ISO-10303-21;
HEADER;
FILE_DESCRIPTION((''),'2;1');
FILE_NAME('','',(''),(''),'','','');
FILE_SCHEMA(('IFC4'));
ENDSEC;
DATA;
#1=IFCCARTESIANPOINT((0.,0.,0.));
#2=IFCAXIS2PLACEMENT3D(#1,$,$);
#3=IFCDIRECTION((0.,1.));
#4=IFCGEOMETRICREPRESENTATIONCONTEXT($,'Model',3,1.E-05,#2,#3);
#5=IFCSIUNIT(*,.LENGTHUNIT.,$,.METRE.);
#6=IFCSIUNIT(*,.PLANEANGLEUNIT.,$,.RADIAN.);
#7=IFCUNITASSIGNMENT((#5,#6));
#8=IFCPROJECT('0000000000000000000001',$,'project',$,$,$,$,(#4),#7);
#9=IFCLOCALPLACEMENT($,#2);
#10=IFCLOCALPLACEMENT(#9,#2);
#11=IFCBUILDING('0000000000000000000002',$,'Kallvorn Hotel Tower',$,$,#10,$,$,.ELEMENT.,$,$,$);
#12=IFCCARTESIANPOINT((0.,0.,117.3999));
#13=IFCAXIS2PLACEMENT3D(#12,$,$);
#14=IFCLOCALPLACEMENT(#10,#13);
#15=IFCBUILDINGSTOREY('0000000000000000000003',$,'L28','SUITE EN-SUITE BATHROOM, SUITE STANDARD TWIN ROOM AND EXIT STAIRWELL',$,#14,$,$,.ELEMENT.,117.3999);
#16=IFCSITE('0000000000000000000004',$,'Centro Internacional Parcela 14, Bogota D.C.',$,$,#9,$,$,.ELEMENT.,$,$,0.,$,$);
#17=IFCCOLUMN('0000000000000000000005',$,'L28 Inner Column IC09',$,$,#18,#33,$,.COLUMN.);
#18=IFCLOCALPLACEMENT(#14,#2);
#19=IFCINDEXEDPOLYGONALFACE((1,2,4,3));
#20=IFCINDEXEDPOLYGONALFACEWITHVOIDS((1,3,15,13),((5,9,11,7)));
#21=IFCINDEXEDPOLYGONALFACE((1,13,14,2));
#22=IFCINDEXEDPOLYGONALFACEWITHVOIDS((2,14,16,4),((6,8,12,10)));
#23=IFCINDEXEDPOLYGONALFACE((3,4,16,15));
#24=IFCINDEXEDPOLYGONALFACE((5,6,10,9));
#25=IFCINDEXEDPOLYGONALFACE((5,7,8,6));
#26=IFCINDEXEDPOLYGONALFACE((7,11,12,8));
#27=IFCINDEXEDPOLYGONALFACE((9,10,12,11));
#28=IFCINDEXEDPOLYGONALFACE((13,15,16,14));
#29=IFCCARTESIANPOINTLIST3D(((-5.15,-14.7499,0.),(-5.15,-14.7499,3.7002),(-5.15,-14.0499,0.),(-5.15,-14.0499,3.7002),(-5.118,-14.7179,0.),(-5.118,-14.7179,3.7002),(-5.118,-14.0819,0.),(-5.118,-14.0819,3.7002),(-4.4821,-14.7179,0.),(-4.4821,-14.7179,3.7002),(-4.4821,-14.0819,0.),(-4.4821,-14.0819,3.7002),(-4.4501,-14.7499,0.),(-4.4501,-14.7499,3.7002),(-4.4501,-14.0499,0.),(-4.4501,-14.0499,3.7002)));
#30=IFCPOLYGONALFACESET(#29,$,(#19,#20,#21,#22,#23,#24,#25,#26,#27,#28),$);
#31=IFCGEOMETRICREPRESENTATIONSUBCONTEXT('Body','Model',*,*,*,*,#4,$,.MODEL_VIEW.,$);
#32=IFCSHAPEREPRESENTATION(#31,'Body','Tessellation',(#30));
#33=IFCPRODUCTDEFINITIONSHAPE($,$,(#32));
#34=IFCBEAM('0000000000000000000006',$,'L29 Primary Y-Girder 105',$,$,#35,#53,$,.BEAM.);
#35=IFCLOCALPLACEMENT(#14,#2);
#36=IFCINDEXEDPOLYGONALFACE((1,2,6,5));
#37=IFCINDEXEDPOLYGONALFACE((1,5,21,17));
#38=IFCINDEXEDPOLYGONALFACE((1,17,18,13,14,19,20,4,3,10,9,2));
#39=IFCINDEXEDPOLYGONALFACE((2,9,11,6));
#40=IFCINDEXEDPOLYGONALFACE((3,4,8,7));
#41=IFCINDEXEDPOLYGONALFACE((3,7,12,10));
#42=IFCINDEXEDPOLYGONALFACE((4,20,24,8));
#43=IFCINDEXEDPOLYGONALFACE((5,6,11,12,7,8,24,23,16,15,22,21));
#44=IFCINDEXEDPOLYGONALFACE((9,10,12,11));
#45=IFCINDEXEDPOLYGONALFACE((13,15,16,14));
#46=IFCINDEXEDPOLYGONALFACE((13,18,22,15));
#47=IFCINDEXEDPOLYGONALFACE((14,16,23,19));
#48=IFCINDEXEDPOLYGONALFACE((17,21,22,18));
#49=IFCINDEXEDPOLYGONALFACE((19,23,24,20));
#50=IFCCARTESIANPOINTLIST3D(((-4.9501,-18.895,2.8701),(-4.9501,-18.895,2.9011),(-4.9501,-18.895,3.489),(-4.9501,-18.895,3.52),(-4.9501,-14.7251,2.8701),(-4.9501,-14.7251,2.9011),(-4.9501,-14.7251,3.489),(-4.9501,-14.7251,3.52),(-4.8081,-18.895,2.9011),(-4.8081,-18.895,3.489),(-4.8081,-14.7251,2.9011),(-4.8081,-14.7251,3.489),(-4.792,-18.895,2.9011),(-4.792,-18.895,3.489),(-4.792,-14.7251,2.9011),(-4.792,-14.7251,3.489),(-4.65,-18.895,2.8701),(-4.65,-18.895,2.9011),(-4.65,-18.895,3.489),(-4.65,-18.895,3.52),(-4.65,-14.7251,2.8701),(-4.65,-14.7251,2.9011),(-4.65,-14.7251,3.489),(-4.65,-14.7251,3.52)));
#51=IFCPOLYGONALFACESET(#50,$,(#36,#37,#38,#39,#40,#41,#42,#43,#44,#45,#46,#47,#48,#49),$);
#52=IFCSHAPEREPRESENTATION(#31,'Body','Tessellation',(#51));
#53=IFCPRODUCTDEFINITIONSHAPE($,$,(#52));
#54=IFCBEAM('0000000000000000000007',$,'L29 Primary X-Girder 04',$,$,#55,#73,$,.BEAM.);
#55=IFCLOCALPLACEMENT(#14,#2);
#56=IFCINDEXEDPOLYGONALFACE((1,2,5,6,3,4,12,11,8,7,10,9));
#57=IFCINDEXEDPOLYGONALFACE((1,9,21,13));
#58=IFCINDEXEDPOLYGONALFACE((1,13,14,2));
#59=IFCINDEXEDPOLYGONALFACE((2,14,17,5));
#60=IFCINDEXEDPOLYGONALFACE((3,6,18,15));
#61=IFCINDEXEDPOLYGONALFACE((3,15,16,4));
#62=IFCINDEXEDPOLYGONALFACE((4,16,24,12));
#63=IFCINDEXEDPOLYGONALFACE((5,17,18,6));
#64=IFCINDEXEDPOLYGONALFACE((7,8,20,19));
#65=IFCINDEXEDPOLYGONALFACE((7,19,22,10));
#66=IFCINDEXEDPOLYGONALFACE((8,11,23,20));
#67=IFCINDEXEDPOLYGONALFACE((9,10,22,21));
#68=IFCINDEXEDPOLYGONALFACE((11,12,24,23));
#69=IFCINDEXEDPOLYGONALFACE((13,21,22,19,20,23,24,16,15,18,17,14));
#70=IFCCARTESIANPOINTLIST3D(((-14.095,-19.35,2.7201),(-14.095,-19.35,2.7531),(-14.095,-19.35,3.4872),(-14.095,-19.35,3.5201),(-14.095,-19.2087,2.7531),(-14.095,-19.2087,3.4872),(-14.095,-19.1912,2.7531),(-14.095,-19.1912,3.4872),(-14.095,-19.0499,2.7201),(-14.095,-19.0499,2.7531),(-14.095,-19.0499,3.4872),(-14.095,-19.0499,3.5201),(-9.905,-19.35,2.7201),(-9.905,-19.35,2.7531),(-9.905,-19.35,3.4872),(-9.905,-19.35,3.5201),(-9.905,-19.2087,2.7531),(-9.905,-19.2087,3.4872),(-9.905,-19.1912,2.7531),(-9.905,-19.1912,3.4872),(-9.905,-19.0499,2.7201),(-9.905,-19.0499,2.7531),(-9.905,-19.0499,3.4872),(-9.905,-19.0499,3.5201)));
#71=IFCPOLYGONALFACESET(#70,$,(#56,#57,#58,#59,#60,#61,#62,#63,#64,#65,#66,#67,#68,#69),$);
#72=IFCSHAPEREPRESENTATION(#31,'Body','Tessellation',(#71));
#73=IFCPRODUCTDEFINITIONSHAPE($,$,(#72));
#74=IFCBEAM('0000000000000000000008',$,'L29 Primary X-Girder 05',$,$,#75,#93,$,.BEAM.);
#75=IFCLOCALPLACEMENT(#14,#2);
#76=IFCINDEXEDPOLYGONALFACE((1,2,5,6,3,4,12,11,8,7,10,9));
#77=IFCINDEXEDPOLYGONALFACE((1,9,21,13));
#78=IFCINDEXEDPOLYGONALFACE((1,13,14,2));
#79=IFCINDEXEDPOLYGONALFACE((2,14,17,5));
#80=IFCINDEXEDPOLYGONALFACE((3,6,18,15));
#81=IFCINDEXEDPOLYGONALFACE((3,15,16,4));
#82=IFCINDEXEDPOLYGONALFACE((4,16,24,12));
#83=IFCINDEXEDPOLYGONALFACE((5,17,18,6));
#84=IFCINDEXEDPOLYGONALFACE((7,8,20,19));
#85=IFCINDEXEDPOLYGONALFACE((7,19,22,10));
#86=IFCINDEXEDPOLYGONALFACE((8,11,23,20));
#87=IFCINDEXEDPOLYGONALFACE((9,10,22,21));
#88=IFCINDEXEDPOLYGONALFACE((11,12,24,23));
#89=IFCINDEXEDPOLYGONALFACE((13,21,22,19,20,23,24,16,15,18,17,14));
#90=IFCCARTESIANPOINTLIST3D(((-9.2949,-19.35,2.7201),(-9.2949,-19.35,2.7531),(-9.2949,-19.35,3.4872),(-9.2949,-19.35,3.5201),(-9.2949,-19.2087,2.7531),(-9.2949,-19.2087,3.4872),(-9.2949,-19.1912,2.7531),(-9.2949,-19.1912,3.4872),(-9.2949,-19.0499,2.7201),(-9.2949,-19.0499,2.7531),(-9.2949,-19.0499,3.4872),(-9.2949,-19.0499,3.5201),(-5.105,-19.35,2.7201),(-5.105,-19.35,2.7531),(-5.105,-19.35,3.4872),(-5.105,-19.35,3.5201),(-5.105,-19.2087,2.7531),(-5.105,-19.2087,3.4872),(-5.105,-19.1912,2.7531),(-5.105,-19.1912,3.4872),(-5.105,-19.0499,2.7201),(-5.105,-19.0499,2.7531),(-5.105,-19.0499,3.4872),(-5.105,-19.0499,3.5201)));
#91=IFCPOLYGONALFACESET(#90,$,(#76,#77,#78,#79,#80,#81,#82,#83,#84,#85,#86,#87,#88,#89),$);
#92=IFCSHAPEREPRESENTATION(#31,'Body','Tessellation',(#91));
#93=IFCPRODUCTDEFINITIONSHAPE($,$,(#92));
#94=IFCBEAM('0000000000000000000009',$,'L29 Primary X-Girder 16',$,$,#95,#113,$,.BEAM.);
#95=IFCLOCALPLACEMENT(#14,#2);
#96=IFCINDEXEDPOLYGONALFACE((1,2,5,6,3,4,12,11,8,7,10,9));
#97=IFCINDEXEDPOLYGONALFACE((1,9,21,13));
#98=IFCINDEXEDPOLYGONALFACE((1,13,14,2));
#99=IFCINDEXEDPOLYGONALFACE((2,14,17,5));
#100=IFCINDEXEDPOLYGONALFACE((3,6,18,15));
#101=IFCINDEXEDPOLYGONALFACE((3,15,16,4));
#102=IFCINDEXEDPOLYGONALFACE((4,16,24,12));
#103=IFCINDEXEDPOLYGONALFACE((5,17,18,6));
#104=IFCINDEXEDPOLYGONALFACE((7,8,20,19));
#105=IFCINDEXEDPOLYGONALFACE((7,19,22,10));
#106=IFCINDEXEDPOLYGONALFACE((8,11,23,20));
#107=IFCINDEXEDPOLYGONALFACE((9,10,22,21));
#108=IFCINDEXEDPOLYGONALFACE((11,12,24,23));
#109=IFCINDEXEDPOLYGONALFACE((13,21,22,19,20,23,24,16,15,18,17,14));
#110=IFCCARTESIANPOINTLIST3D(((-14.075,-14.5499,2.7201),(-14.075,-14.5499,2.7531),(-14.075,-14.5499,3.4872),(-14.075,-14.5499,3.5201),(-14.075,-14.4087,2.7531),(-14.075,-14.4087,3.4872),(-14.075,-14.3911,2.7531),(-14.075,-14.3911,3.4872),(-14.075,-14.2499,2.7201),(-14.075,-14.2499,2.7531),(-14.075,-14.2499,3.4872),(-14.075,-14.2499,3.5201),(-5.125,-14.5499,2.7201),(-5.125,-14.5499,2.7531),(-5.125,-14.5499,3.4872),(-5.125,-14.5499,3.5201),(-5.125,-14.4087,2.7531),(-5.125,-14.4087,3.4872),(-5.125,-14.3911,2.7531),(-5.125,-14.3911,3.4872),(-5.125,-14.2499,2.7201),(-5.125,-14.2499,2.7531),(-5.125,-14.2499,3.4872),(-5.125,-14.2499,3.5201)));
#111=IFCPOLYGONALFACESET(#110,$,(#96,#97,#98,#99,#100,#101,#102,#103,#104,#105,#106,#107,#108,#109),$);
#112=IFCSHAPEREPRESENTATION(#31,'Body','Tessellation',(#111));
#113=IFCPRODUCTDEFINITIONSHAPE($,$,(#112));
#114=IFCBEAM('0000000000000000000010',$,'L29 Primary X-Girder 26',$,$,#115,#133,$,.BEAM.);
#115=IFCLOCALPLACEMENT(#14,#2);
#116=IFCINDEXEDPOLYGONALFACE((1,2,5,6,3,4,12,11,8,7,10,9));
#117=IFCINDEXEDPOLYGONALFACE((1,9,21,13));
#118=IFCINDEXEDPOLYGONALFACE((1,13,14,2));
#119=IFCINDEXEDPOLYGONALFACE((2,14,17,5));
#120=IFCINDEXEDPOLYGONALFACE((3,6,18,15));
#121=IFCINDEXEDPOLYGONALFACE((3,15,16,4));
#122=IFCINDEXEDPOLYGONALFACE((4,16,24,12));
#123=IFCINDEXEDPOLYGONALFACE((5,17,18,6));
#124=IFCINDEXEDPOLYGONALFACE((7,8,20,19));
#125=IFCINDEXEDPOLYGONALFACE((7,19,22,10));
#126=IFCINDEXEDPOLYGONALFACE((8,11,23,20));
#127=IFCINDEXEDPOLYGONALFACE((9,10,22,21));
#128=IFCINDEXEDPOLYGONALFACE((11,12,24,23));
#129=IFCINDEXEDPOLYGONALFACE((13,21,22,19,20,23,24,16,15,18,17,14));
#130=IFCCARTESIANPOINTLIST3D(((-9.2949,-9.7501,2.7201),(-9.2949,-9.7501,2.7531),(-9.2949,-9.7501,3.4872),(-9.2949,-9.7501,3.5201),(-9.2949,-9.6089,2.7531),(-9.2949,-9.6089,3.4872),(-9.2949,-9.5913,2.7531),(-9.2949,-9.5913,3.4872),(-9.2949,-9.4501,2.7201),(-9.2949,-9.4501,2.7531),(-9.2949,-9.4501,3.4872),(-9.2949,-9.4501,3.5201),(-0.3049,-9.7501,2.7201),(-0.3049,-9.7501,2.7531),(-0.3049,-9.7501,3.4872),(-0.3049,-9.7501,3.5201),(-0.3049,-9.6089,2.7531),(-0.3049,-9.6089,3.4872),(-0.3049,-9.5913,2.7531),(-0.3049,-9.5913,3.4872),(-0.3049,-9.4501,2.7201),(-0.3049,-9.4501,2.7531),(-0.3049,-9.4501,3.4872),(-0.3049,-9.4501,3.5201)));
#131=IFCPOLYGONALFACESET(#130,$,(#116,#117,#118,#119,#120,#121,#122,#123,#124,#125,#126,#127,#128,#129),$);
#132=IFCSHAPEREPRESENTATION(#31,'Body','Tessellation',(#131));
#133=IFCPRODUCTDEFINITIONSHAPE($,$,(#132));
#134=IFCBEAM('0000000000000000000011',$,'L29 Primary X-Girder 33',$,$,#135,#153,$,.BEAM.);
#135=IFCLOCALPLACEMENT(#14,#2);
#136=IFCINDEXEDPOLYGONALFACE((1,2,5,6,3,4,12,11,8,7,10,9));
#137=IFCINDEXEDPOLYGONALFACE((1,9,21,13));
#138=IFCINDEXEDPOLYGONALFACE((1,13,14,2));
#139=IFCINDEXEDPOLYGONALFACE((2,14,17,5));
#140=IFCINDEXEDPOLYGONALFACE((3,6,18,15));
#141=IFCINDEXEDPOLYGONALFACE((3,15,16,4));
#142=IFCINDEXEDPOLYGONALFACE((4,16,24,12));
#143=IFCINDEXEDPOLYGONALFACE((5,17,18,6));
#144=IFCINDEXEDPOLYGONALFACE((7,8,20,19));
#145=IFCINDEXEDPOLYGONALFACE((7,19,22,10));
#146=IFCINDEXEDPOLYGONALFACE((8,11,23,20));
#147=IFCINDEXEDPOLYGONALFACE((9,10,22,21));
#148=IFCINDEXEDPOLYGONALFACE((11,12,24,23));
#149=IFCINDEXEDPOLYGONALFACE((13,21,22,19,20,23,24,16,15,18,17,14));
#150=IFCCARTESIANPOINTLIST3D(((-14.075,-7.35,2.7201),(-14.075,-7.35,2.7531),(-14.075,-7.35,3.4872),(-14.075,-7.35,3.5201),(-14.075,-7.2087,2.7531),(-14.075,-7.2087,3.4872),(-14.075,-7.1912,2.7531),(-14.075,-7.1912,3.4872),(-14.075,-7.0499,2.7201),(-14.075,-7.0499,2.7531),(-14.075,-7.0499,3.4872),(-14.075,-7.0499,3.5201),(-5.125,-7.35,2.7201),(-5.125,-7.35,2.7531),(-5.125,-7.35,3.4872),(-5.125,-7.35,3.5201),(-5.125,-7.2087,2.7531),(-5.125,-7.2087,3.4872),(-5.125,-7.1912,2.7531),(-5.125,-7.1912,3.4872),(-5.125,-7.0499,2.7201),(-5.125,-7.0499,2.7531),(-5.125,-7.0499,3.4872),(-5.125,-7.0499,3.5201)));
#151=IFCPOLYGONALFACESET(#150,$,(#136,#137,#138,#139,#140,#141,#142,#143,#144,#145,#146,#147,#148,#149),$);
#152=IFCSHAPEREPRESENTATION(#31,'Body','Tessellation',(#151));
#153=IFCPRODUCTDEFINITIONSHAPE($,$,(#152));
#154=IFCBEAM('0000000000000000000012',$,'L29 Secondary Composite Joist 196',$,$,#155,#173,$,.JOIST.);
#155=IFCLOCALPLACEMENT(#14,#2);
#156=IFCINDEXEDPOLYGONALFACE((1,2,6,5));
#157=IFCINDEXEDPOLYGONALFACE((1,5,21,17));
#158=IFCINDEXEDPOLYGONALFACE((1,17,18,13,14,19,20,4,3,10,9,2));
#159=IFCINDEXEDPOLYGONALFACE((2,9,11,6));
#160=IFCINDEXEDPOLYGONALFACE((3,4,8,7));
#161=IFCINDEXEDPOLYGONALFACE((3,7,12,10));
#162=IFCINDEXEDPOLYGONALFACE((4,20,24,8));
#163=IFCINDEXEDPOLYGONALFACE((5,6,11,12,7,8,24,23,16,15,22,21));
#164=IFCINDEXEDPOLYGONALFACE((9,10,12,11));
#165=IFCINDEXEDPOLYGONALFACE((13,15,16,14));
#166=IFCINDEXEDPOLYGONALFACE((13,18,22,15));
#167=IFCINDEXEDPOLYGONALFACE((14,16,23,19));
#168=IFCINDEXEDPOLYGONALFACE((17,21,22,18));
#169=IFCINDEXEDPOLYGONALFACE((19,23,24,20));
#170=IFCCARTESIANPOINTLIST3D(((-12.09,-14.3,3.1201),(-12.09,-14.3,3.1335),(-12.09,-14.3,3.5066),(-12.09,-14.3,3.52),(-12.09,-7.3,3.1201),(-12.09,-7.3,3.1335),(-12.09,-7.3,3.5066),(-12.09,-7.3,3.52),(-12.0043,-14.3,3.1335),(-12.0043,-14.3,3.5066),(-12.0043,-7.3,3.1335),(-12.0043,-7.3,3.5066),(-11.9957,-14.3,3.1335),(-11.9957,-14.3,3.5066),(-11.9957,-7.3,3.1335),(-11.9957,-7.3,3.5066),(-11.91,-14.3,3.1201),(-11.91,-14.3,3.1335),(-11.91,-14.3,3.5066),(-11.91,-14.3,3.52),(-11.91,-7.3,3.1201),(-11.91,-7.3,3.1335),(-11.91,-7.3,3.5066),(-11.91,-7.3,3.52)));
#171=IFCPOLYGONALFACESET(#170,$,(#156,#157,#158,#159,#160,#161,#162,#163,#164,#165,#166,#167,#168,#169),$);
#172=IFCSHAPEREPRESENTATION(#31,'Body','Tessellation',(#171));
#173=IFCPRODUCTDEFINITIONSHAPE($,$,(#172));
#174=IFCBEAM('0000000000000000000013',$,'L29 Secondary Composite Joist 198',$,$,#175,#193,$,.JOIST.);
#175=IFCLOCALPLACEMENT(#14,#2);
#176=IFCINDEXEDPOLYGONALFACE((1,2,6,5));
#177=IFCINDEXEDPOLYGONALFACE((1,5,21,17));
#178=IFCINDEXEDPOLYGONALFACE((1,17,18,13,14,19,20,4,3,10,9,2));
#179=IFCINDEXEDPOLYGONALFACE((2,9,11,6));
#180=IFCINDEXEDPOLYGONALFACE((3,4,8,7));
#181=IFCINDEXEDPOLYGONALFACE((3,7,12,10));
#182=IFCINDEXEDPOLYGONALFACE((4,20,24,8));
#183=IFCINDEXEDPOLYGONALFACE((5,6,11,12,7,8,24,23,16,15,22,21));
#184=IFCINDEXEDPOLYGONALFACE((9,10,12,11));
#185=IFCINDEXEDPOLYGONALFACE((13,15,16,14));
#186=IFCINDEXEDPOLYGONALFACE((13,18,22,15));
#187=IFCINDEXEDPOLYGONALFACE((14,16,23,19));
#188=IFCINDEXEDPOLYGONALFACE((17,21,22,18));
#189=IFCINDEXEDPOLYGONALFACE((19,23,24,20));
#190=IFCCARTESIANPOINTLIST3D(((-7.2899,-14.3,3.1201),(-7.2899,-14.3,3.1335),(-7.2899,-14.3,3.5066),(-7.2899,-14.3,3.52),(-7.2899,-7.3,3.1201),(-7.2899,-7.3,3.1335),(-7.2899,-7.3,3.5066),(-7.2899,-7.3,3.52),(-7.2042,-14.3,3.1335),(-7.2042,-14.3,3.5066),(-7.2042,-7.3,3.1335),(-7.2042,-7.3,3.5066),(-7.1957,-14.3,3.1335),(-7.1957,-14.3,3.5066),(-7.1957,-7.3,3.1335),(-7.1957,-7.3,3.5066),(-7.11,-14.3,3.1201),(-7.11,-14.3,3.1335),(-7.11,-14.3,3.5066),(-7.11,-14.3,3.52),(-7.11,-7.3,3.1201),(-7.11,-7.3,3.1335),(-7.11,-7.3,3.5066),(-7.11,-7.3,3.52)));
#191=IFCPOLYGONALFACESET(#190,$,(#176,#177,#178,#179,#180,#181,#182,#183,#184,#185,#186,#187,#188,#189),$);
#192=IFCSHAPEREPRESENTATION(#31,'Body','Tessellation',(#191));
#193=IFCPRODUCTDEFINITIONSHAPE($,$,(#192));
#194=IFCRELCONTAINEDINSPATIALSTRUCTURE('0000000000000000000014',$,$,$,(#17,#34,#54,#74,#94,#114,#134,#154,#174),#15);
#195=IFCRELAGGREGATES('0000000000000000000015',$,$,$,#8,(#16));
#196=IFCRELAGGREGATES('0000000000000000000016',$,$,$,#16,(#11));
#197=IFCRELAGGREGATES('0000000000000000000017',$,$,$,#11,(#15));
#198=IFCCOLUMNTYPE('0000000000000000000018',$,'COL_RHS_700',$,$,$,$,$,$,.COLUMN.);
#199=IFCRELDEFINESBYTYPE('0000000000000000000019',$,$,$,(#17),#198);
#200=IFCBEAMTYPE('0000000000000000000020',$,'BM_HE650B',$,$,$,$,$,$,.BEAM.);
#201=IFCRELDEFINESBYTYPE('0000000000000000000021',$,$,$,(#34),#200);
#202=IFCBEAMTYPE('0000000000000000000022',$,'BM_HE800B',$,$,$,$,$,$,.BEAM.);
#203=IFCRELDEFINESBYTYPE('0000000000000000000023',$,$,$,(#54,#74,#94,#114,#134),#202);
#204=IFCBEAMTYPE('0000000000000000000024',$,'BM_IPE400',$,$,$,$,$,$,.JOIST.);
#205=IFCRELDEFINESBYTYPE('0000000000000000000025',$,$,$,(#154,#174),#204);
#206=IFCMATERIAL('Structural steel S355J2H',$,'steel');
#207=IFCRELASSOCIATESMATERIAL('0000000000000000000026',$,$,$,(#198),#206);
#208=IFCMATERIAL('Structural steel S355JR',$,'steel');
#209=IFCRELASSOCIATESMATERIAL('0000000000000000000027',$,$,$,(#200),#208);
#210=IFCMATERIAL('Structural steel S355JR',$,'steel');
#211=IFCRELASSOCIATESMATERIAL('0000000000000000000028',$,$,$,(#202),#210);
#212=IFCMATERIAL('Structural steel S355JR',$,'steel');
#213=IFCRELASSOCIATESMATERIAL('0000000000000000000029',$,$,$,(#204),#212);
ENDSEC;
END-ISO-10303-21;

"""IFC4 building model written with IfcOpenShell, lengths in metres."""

from ifc_helpers import new_model, si_unit, direction, frame, origin, origin_2d, place, context, subcontext, project, spatial, hollow_rectangle, i_section, extrude, material, material_profile, profile_set, type_object, element, save


model = new_model("IFC4")

# Units and contexts
model_context = context("Model", 3, precision=1e-05, world=origin(), true_north=direction((0.0, 1.0)))
body_context = subcontext(model_context, "Body", "Model", "MODEL_VIEW")
ifc_project = project(units=[si_unit("LENGTHUNIT", "METRE"), si_unit("PLANEANGLEUNIT", "RADIAN")], contexts=[model_context])

# Site, building, storey
site_placement = place(None, origin())
site = spatial("IfcSite", under=ifc_project, at=site_placement, Name="Centro Internacional Parcela 14, Bogota D.C.", CompositionType="ELEMENT", RefElevation=0.0)
building_placement = place(site_placement, origin())
building = spatial("IfcBuilding", under=site, at=building_placement, Name="Kallvorn Hotel Tower", CompositionType="ELEMENT")
storey_placement = place(building_placement, frame((0.0, 0.0, 117.3999)))
storey = spatial("IfcBuildingStorey", under=building, at=storey_placement, Name="L28", Description="SUITE EN-SUITE BATHROOM, SUITE STANDARD TWIN ROOM AND EXIT STAIRWELL", CompositionType="ELEMENT", Elevation=117.3999)

# Column
ifc_material_1 = material(Name="Structural steel S355J2H", Category="steel")
ifc_material_profile_1 = material_profile(ifc_material_1, hollow_rectangle(XDim=0.7, YDim=0.7, WallThickness=0.032, at=origin_2d()), Name="RHS 700x700x32")
ifc_profile_set_1 = profile_set([ifc_material_profile_1], Name="Structural steel S355J2H")
column_type_1 = type_object("IfcColumnType", Name="COL_RHS_700", PredefinedType="COLUMN", material=ifc_profile_set_1)
column_placement = place(storey_placement, frame((-4.8, -14.3999, 0.0), z_axis=(0.0, 0.0, 1.0), x_axis=(1.0, 0.0, 0.0)))
element("IfcColumn", 1, at=column_placement, inside=storey, type_object=column_type_1, Name="L28 Inner Column IC09", PredefinedType="COLUMN", context=body_context, shape_type="SweptSolid", body=[
    extrude(hollow_rectangle(XDim=0.7, YDim=0.7, WallThickness=0.032, at=origin_2d()), origin(), (0.0, 0.0, 1.0), 3.7002),
])

# Beams
ifc_material_2 = material(Name="Structural steel S355JR", Category="steel")
ifc_material_profile_2 = material_profile(ifc_material_2, i_section(OverallWidth=0.3, OverallDepth=0.6499, WebThickness=0.0161, FlangeThickness=0.031, at=origin_2d()), Name="HE 650 B")
ifc_profile_set_2 = profile_set([ifc_material_profile_2], Name="Structural steel S355JR")
beam_type_1 = type_object("IfcBeamType", Name="BM_HE650B", PredefinedType="BEAM", material=ifc_profile_set_2)
beam_1_placement = place(storey_placement, frame((-4.8, -18.895, 3.1951), z_axis=(0.0, 1.0, 0.0), x_axis=(-1.0, 0.0, 0.0)))
element("IfcBeam", 2, at=beam_1_placement, inside=storey, type_object=beam_type_1, Name="L29 Primary Y-Girder 105", PredefinedType="BEAM", context=body_context, shape_type="SweptSolid", body=[
    extrude(i_section(OverallWidth=0.3, OverallDepth=0.6499, WebThickness=0.0161, FlangeThickness=0.031, at=origin_2d()), origin(), (0.0, 0.0, 1.0), 4.1699),
])
ifc_material_3 = material(Name="Structural steel S355JR", Category="steel")
ifc_material_profile_3 = material_profile(ifc_material_3, i_section(OverallWidth=0.3, OverallDepth=0.8, WebThickness=0.0176, FlangeThickness=0.033, at=origin_2d()), Name="HE 800 B")
ifc_profile_set_3 = profile_set([ifc_material_profile_3], Name="Structural steel S355JR")
beam_type_2 = type_object("IfcBeamType", Name="BM_HE800B", PredefinedType="BEAM", material=ifc_profile_set_3)
for number, where, z_axis, x_axis, name in (
    (3, (-14.095, -19.2, 3.1201), (1.0, 0.0, 0.0), (0.0, 1.0, 0.0), "L29 Primary X-Girder 04"),
    (4, (-9.2949, -19.2, 3.1201), (1.0, 0.0, 0.0), (0.0, 1.0, 0.0), "L29 Primary X-Girder 05"),
):
    element("IfcBeam", number, at=place(storey_placement, frame(where, z_axis=z_axis, x_axis=x_axis)), inside=storey, type_object=beam_type_2, Name=name, PredefinedType="BEAM", context=body_context, shape_type="SweptSolid", body=[
        extrude(i_section(OverallWidth=0.3, OverallDepth=0.8, WebThickness=0.0176, FlangeThickness=0.033, at=origin_2d()), origin(), (0.0, 0.0, 1.0), 4.1899),
    ])
beam_2_placement = place(storey_placement, frame((-14.075, -14.3999, 3.1201), z_axis=(1.0, 0.0, 0.0), x_axis=(0.0, 1.0, 0.0)))
element("IfcBeam", 5, at=beam_2_placement, inside=storey, type_object=beam_type_2, Name="L29 Primary X-Girder 16", PredefinedType="BEAM", context=body_context, shape_type="SweptSolid", body=[
    extrude(i_section(OverallWidth=0.3, OverallDepth=0.8, WebThickness=0.0176, FlangeThickness=0.033, at=origin_2d()), origin(), (0.0, 0.0, 1.0), 8.95),
])
beam_3_placement = place(storey_placement, frame((-9.2949, -9.6001, 3.1201), z_axis=(1.0, 0.0, 0.0), x_axis=(0.0, 1.0, 0.0)))
element("IfcBeam", 6, at=beam_3_placement, inside=storey, type_object=beam_type_2, Name="L29 Primary X-Girder 26", PredefinedType="BEAM", context=body_context, shape_type="SweptSolid", body=[
    extrude(i_section(OverallWidth=0.3, OverallDepth=0.8, WebThickness=0.0176, FlangeThickness=0.033, at=origin_2d()), origin(), (0.0, 0.0, 1.0), 8.99),
])
beam_4_placement = place(storey_placement, frame((-14.075, -7.2, 3.1201), z_axis=(1.0, 0.0, 0.0), x_axis=(0.0, 1.0, 0.0)))
element("IfcBeam", 7, at=beam_4_placement, inside=storey, type_object=beam_type_2, Name="L29 Primary X-Girder 33", PredefinedType="BEAM", context=body_context, shape_type="SweptSolid", body=[
    extrude(i_section(OverallWidth=0.3, OverallDepth=0.8, WebThickness=0.0176, FlangeThickness=0.033, at=origin_2d()), origin(), (0.0, 0.0, 1.0), 8.95),
])
ifc_material_4 = material(Name="Structural steel S355JR", Category="steel")
ifc_material_profile_4 = material_profile(ifc_material_4, i_section(OverallWidth=0.1799, OverallDepth=0.3999, WebThickness=0.0085, FlangeThickness=0.0134, at=origin_2d()), Name="IPE 400")
ifc_profile_set_4 = profile_set([ifc_material_profile_4], Name="Structural steel S355JR")
beam_type_3 = type_object("IfcBeamType", Name="BM_IPE400", PredefinedType="JOIST", material=ifc_profile_set_4)
for number, where, z_axis, x_axis, name in (
    (8, (-12.0, -14.3, 3.3201), (0.0, 1.0, 0.0), (-1.0, 0.0, 0.0), "L29 Secondary Composite Joist 196"),
    (9, (-7.2, -14.3, 3.3201), (0.0, 1.0, 0.0), (-1.0, 0.0, 0.0), "L29 Secondary Composite Joist 198"),
):
    element("IfcBeam", number, at=place(storey_placement, frame(where, z_axis=z_axis, x_axis=x_axis)), inside=storey, type_object=beam_type_3, Name=name, PredefinedType="JOIST", context=body_context, shape_type="SweptSolid", body=[
        extrude(i_section(OverallWidth=0.1799, OverallDepth=0.3999, WebThickness=0.0085, FlangeThickness=0.0134, at=origin_2d()), origin(), (0.0, 0.0, 1.0), 7.0),
    ])

save(model, "model.ifc")
